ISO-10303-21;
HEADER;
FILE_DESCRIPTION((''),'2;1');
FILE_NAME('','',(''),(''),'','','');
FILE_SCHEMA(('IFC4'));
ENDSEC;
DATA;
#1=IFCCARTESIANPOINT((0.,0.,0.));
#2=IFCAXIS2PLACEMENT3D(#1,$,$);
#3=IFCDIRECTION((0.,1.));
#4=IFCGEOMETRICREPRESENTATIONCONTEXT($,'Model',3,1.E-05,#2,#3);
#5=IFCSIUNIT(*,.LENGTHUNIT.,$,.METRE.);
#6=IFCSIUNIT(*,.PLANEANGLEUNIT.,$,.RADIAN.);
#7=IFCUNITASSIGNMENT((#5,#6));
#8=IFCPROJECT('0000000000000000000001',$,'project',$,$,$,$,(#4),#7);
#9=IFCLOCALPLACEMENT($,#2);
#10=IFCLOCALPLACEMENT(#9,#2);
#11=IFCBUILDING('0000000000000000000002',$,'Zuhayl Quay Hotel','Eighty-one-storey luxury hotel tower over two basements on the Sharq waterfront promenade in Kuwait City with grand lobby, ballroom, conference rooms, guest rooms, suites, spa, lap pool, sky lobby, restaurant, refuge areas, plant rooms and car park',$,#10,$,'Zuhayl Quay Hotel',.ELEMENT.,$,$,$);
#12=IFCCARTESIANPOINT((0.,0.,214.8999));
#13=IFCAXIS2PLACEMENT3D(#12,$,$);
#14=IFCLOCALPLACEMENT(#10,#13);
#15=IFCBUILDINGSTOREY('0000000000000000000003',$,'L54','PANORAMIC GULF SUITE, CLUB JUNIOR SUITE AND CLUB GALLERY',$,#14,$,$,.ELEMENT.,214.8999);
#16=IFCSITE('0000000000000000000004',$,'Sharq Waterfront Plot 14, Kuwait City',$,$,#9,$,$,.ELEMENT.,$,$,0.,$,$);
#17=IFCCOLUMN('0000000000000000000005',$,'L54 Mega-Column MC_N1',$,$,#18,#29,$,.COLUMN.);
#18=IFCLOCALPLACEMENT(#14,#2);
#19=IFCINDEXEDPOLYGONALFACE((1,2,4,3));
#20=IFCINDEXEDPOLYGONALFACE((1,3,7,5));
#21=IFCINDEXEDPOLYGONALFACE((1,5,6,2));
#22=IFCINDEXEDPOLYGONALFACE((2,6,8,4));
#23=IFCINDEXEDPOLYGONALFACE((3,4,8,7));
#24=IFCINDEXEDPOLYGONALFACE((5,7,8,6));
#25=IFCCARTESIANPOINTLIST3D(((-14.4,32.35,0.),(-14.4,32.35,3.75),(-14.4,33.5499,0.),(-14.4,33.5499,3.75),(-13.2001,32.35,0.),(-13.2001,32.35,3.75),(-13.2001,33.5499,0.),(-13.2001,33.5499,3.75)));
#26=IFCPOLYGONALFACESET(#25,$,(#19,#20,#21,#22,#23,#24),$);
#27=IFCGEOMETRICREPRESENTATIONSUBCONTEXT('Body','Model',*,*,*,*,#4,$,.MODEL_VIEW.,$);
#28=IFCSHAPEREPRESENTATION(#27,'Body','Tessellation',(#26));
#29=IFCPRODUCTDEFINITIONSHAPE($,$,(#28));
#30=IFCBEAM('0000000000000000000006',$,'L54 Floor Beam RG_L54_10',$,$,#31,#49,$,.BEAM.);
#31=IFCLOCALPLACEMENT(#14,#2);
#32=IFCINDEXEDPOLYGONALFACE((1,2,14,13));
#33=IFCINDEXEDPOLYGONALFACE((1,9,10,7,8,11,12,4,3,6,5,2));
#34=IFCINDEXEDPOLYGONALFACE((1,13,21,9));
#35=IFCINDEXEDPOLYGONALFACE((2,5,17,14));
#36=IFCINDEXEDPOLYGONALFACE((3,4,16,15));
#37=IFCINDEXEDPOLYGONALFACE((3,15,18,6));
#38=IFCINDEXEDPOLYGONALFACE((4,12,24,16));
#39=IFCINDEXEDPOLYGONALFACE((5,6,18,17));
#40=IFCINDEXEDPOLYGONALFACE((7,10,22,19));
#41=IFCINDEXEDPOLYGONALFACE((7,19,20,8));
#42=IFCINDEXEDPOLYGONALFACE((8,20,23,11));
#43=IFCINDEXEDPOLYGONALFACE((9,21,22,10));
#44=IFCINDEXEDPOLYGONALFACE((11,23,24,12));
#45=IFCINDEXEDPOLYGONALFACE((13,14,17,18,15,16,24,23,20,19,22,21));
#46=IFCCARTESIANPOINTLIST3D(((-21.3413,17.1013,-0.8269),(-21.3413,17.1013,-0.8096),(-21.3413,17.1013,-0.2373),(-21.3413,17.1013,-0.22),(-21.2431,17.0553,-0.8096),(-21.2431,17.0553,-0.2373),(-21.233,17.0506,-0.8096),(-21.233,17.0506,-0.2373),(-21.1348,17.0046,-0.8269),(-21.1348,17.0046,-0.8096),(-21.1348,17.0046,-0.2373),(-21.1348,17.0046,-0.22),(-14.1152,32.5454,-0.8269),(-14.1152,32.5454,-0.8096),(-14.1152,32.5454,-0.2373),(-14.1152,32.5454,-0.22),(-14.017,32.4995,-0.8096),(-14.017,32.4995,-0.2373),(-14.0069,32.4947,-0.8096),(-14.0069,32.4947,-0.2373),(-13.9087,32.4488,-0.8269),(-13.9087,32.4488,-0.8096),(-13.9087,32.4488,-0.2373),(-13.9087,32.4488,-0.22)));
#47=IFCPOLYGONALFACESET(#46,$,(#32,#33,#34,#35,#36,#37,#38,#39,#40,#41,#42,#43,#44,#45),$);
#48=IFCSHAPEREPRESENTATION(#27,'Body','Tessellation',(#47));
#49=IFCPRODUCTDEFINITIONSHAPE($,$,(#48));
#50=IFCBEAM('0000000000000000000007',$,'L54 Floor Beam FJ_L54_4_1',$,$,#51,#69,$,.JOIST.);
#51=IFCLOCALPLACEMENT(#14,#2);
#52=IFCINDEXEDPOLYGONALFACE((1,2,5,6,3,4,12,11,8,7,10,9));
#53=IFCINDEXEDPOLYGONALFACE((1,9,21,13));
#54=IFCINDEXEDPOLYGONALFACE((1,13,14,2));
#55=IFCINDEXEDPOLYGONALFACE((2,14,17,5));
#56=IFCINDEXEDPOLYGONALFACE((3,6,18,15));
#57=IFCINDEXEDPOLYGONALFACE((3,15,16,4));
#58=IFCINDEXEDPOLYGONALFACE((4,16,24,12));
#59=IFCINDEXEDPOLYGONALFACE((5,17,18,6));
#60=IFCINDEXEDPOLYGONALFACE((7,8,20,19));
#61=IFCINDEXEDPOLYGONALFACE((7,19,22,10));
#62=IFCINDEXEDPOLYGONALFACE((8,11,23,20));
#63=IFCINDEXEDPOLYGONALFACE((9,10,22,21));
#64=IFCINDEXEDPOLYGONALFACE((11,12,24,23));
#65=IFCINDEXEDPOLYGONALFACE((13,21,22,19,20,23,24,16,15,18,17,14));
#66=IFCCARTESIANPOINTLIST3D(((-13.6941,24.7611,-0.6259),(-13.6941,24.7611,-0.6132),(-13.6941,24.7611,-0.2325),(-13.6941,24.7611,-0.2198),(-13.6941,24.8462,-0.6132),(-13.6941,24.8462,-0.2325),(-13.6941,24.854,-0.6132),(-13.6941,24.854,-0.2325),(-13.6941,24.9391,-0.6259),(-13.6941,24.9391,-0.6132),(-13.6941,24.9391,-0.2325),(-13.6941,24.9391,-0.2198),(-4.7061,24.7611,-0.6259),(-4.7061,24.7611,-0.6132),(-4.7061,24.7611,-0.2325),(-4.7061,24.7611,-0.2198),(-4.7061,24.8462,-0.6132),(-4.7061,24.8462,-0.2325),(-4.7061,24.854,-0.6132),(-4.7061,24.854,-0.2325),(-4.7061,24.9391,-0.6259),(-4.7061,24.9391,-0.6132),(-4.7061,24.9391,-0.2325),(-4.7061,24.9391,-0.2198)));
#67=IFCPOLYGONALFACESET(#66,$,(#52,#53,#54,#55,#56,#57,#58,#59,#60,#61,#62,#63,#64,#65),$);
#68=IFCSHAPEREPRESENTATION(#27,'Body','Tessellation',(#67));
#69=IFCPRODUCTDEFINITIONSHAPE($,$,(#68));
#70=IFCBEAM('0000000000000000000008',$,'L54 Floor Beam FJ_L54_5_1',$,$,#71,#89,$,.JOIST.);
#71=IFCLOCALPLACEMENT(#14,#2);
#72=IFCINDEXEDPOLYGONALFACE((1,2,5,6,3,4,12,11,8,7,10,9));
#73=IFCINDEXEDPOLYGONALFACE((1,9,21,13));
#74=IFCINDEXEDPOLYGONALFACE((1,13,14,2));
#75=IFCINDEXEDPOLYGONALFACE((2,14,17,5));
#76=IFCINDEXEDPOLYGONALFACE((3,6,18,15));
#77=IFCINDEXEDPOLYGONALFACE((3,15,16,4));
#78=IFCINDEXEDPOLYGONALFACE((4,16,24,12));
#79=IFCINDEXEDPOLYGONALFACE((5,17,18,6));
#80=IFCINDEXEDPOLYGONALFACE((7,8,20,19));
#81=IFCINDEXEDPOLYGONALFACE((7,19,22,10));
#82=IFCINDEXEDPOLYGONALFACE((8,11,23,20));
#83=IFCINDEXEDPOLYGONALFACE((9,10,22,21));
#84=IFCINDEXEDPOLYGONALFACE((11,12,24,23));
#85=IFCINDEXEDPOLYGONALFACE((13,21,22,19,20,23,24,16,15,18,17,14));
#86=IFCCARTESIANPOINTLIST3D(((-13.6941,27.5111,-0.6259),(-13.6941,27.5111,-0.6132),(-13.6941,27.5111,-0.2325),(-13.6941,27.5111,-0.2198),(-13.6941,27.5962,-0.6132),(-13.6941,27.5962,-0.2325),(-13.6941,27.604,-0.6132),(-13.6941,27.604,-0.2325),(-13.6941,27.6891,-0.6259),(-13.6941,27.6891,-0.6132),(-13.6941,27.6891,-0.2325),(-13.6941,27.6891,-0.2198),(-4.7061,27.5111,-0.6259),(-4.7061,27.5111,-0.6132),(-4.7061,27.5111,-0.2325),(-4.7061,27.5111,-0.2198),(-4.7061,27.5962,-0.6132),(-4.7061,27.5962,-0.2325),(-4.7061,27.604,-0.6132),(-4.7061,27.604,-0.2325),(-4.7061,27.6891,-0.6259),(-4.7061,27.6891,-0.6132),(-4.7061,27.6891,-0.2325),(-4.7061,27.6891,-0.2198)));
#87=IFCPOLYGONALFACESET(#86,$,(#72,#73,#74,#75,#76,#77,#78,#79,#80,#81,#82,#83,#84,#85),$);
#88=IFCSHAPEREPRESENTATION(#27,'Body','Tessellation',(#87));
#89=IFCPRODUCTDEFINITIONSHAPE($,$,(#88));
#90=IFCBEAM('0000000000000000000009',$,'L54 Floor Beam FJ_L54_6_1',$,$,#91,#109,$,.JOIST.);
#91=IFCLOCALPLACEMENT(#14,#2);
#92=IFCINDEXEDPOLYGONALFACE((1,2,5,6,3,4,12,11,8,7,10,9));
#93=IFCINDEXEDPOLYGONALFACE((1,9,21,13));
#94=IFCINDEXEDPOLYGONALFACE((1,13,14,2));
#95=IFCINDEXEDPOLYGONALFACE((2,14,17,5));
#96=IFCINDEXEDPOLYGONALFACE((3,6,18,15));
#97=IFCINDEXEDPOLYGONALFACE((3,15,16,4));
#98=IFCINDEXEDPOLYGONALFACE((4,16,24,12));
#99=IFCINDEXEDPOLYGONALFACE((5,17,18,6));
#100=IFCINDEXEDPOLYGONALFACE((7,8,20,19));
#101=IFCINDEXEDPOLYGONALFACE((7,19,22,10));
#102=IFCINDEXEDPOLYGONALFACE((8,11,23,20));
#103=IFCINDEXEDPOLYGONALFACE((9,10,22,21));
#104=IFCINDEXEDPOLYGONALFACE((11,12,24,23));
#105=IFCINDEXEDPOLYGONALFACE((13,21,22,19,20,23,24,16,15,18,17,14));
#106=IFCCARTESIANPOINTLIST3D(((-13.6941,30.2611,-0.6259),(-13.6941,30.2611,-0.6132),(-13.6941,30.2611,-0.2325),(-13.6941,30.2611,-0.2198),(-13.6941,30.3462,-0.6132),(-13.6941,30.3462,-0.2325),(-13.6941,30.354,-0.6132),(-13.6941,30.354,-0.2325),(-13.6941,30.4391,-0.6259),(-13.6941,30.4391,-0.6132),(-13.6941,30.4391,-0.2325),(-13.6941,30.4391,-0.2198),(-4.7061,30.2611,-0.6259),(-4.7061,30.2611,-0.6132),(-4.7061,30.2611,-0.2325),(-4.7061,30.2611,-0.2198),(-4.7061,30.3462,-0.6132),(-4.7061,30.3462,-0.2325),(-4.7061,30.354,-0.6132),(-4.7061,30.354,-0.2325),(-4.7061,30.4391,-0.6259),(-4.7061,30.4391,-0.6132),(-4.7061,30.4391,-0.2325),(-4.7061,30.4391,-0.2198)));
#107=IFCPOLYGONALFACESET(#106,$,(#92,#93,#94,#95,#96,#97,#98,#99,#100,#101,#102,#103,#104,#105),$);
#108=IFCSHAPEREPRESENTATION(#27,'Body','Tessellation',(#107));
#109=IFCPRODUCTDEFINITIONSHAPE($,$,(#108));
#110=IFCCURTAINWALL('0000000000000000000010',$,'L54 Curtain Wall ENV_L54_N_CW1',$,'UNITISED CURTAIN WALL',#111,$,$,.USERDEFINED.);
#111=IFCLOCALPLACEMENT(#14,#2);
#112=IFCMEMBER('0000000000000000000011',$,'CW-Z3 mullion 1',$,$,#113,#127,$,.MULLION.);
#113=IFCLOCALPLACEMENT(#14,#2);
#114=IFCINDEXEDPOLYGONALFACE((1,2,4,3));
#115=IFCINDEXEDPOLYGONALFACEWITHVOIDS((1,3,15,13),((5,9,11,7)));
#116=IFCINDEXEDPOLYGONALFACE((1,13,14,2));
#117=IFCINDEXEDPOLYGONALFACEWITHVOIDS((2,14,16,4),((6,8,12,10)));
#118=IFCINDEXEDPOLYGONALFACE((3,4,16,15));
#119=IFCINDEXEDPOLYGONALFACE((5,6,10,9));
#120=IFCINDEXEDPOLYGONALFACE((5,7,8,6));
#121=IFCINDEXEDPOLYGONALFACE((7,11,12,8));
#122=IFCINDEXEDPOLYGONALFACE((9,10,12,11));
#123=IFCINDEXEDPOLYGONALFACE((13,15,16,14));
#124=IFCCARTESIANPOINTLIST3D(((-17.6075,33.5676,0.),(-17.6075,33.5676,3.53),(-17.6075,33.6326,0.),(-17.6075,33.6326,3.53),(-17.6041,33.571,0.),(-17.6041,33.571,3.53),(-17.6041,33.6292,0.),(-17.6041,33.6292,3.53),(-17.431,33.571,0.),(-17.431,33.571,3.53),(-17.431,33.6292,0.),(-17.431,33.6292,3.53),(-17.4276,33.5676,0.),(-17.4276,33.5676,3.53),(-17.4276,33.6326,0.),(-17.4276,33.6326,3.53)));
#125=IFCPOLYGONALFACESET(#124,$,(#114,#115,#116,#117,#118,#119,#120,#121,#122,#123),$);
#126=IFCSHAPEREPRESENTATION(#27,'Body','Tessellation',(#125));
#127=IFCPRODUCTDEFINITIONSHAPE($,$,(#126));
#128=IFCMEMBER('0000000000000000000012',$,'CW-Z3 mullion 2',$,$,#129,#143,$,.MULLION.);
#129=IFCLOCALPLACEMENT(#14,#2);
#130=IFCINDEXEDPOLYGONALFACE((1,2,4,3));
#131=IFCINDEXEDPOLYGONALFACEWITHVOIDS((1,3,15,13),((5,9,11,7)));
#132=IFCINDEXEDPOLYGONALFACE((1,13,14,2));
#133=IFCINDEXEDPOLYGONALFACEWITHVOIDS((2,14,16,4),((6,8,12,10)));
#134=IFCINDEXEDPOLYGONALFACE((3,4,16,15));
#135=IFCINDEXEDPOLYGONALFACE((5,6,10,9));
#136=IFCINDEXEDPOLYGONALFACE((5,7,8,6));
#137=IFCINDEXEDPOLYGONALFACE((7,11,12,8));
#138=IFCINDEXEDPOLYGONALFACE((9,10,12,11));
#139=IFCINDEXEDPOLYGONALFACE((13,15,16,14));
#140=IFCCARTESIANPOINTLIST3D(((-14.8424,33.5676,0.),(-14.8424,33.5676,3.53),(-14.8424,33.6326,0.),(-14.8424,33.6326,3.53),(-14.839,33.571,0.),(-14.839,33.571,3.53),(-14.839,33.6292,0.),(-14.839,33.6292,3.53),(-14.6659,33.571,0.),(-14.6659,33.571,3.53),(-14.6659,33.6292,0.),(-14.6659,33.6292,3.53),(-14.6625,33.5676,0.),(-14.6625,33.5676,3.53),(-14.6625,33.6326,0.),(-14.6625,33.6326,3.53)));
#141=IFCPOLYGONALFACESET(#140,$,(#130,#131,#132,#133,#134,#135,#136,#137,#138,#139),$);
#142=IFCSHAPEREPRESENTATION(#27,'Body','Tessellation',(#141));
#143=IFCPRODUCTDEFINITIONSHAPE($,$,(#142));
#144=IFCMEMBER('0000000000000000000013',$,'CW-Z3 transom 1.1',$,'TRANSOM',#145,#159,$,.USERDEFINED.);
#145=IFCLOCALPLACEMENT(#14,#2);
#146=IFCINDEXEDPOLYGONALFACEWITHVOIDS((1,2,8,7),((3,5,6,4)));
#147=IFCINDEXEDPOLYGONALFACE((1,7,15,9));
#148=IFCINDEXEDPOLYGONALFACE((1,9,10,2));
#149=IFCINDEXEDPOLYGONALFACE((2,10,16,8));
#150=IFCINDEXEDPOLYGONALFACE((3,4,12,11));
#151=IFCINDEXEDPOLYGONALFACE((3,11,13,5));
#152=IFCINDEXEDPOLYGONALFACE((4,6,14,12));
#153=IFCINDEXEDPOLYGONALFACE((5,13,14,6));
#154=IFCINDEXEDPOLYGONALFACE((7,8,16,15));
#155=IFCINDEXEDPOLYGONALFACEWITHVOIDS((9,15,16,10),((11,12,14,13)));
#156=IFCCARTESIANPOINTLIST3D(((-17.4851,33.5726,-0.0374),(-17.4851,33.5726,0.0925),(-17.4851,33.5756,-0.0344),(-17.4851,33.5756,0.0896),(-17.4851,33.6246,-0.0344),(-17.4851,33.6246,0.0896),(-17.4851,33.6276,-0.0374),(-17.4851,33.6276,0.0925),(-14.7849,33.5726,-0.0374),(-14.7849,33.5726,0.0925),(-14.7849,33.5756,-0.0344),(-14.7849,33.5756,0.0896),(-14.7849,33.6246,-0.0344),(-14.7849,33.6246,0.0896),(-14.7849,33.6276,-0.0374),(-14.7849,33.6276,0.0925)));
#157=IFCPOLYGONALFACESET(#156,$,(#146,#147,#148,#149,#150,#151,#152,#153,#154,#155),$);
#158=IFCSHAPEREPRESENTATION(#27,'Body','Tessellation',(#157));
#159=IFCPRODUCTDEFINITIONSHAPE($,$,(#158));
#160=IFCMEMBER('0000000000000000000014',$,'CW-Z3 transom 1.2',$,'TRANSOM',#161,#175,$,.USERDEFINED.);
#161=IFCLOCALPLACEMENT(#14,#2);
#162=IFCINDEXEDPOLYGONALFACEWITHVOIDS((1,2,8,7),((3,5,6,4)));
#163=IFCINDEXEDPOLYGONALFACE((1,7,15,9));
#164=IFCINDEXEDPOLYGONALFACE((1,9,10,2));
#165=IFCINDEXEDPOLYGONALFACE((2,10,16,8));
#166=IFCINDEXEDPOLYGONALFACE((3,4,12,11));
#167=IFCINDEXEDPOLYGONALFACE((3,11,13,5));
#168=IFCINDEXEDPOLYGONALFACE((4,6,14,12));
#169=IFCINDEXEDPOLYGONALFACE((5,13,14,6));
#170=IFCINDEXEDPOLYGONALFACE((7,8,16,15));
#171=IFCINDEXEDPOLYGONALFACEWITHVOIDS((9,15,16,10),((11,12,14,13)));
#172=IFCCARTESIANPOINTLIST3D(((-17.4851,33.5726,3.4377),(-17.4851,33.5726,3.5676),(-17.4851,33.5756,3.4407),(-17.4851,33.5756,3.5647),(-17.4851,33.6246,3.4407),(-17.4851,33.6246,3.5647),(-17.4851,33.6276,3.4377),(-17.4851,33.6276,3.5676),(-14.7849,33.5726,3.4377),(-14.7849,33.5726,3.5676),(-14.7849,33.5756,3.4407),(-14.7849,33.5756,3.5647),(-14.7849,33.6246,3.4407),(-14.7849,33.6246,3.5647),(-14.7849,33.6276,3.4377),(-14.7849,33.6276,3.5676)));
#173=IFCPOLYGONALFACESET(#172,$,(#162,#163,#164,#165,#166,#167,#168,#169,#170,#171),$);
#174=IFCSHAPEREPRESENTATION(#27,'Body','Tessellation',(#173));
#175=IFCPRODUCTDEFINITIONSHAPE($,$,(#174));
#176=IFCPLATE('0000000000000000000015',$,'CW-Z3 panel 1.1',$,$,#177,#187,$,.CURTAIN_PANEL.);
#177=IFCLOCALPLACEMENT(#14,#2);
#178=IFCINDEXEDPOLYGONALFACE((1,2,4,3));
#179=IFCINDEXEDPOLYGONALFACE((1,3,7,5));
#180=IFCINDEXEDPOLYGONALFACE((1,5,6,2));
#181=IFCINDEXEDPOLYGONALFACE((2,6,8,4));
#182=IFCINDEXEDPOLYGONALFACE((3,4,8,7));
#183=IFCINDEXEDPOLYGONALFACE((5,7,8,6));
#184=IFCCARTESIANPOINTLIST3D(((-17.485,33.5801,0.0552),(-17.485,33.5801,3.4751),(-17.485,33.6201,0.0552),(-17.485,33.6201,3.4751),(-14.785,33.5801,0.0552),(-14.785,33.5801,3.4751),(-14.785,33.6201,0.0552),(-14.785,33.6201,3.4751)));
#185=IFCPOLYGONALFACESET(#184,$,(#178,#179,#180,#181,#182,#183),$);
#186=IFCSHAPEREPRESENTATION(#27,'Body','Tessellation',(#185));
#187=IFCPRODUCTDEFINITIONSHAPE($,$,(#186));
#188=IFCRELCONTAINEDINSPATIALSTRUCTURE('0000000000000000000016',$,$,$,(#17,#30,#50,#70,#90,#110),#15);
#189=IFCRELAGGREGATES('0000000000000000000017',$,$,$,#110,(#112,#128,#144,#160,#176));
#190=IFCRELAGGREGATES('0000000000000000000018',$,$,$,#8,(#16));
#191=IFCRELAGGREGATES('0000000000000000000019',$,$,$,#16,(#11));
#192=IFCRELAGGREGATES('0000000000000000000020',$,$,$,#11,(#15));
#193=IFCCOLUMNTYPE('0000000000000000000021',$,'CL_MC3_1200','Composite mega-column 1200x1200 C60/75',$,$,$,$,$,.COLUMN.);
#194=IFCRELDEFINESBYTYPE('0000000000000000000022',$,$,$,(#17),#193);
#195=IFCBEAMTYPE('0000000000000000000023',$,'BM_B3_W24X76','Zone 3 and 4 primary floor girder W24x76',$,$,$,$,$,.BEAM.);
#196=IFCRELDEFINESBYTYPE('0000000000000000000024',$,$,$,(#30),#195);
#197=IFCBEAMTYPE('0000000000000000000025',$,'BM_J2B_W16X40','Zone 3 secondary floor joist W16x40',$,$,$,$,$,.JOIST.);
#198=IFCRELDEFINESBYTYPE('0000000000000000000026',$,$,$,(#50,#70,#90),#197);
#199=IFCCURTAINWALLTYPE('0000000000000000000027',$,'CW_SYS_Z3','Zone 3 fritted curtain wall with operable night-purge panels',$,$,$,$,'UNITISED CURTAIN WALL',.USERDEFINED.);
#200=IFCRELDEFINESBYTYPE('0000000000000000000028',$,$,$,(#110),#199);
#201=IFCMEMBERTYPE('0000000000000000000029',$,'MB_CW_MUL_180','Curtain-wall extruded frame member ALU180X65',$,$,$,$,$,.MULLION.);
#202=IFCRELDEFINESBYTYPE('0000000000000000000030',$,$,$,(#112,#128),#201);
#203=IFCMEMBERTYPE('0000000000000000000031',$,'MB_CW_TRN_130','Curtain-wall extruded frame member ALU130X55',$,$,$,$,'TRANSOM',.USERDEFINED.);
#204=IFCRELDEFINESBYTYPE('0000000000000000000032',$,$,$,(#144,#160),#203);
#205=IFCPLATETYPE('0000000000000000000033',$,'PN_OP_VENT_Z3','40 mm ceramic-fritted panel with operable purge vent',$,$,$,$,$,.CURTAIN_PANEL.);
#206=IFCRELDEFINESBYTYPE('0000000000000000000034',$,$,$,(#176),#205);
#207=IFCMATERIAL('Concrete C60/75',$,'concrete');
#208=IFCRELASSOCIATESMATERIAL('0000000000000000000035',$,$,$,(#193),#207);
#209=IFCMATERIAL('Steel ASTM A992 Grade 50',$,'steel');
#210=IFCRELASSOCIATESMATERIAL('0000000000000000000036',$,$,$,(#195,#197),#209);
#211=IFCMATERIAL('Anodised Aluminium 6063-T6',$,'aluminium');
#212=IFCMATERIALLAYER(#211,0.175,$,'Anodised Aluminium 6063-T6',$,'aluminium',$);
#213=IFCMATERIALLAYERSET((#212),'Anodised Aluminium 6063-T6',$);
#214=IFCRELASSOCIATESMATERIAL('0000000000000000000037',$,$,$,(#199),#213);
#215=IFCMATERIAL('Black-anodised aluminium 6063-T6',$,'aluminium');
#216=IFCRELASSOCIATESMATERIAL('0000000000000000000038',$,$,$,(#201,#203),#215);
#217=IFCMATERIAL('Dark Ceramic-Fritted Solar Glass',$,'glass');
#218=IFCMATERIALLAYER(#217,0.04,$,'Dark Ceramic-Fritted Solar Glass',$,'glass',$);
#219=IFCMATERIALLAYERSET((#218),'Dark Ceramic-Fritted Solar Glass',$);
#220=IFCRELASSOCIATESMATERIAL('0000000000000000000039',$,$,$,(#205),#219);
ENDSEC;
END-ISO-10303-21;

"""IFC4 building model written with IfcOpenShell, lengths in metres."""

from ifc_helpers import new_model, si_unit, direction, frame, origin, origin_2d, place, context, subcontext, project, spatial, rectangle, hollow_rectangle, i_section, extrude, material, layer, layer_set, material_profile, profile_set, type_object, element, aggregate, save


model = new_model("IFC4")

# Units and contexts
model_context = context("Model", 3, precision=1e-05, world=origin(), true_north=direction((0.0, 1.0)))
body_context = subcontext(model_context, "Body", "Model", "MODEL_VIEW")
ifc_project = project(units=[si_unit("LENGTHUNIT", "METRE"), si_unit("PLANEANGLEUNIT", "RADIAN")], contexts=[model_context])

# Site, building, storey
site_placement = place(None, origin())
site = spatial("IfcSite", under=ifc_project, at=site_placement, Name="Sharq Waterfront Plot 14, Kuwait City", CompositionType="ELEMENT", RefElevation=0.0)
building_placement = place(site_placement, origin())
building = spatial("IfcBuilding", under=site, at=building_placement, Name="Zuhayl Quay Hotel", Description="Eighty-one-storey luxury hotel tower over two basements on the Sharq waterfront promenade in Kuwait City with grand lobby, ballroom, conference rooms, guest rooms, suites, spa, lap pool, sky lobby, restaurant, refuge areas, plant rooms and car park", LongName="Zuhayl Quay Hotel", CompositionType="ELEMENT")
storey_placement = place(building_placement, frame((0.0, 0.0, 214.8999)))
storey = spatial("IfcBuildingStorey", under=building, at=storey_placement, Name="L54", Description="PANORAMIC GULF SUITE, CLUB JUNIOR SUITE AND CLUB GALLERY", CompositionType="ELEMENT", Elevation=214.8999)

# Column
ifc_material_1 = material(Name="Concrete C60/75", Category="concrete")
ifc_material_profile_1 = material_profile(ifc_material_1, rectangle(XDim=1.2, YDim=1.2, at=origin_2d()), Name="RC1200X1200")
ifc_profile_set_1 = profile_set([ifc_material_profile_1], Name="Concrete C60/75")
column_type = type_object("IfcColumnType", Name="CL_MC3_1200", Description="Composite mega-column 1200x1200 C60/75", PredefinedType="COLUMN", material=ifc_profile_set_1)
column_placement = place(storey_placement, frame((-13.8, 32.95, 0.0), z_axis=(0.0, 0.0, 1.0), x_axis=(1.0, 0.0, 0.0)))
element("IfcColumn", 1, at=column_placement, inside=storey, type_object=column_type, Name="L54 Mega-Column MC_N1", PredefinedType="COLUMN", context=body_context, shape_type="SweptSolid", body=[
    extrude(rectangle(XDim=1.2, YDim=1.2, at=origin_2d()), origin(), (0.0, 0.0, 1.0), 3.75),
])

# Beams
ifc_material_2 = material(Name="Steel ASTM A992 Grade 50", Category="steel")
ifc_material_profile_2 = material_profile(ifc_material_2, i_section(OverallWidth=0.228, OverallDepth=0.6069, WebThickness=0.0112, FlangeThickness=0.0173, at=origin_2d()), Name="W24X76")
ifc_profile_set_2 = profile_set([ifc_material_profile_2], Name="Steel ASTM A992 Grade 50")
beam_type_1 = type_object("IfcBeamType", Name="BM_B3_W24X76", Description="Zone 3 and 4 primary floor girder W24x76", PredefinedType="BEAM", material=ifc_profile_set_2)
beam_placement = place(storey_placement, frame((-14.012, 32.4971, -0.5234), z_axis=(-0.423792, -0.905759, 0.0), x_axis=(0.905759, -0.423792, 0.0)))
element("IfcBeam", 2, at=beam_placement, inside=storey, type_object=beam_type_1, Name="L54 Floor Beam RG_L54_10", PredefinedType="BEAM", context=body_context, shape_type="SweptSolid", body=[
    extrude(i_section(OverallWidth=0.228, OverallDepth=0.6069, WebThickness=0.0112, FlangeThickness=0.0173, at=origin_2d()), origin(), (0.0, 0.0, 1.0), 17.051),
])
ifc_material_profile_3 = material_profile(ifc_material_2, i_section(OverallWidth=0.178, OverallDepth=0.406, WebThickness=0.0078, FlangeThickness=0.0127, at=origin_2d()), Name="W16X40")
ifc_profile_set_3 = profile_set([ifc_material_profile_3], Name="Steel ASTM A992 Grade 50")
beam_type_2 = type_object("IfcBeamType", Name="BM_J2B_W16X40", Description="Zone 3 secondary floor joist W16x40", PredefinedType="JOIST", material=ifc_profile_set_3)
for number, where, z_axis, x_axis, name in (
    (3, (-13.6941, 24.8501, -0.4229), (1.0, 0.0, 0.0), (0.0, 1.0, 0.0), "L54 Floor Beam FJ_L54_4_1"),
    (4, (-13.6941, 27.6001, -0.4229), (1.0, 0.0, 0.0), (0.0, 1.0, 0.0), "L54 Floor Beam FJ_L54_5_1"),
    (5, (-13.6941, 30.3501, -0.4229), (1.0, 0.0, 0.0), (0.0, 1.0, 0.0), "L54 Floor Beam FJ_L54_6_1"),
):
    element("IfcBeam", number, at=place(storey_placement, frame(where, z_axis=z_axis, x_axis=x_axis)), inside=storey, type_object=beam_type_2, Name=name, PredefinedType="JOIST", context=body_context, shape_type="SweptSolid", body=[
        extrude(i_section(OverallWidth=0.178, OverallDepth=0.406, WebThickness=0.0078, FlangeThickness=0.0127, at=origin_2d()), origin(), (0.0, 0.0, 1.0), 8.988),
    ])

# Curtain wall, members, plate
ifc_material_3 = material(Name="Anodised Aluminium 6063-T6", Category="aluminium")
ifc_layer_1 = layer(ifc_material_3, 0.175, Name="Anodised Aluminium 6063-T6", Category="aluminium")
ifc_layer_set_1 = layer_set([ifc_layer_1], Name="Anodised Aluminium 6063-T6")
curtain_wall_type = type_object("IfcCurtainWallType", Name="CW_SYS_Z3", Description="Zone 3 fritted curtain wall with operable night-purge panels", ElementType="UNITISED CURTAIN WALL", PredefinedType="USERDEFINED", material=ifc_layer_set_1)
curtain_wall_placement = place(storey_placement, origin())
curtain_wall = element("IfcCurtainWall", 6, at=curtain_wall_placement, inside=storey, type_object=curtain_wall_type, Name="L54 Curtain Wall ENV_L54_N_CW1", ObjectType="UNITISED CURTAIN WALL", PredefinedType="USERDEFINED")
ifc_material_4 = material(Name="Black-anodised aluminium 6063-T6", Category="aluminium")
ifc_material_profile_4 = material_profile(ifc_material_4, hollow_rectangle(XDim=0.0649, YDim=0.1799, WallThickness=0.0034, at=origin_2d()), Name="ALU180X65")
ifc_profile_set_4 = profile_set([ifc_material_profile_4], Name="Black-anodised aluminium 6063-T6")
member_type_1 = type_object("IfcMemberType", Name="MB_CW_MUL_180", Description="Curtain-wall extruded frame member ALU180X65", PredefinedType="MULLION", material=ifc_profile_set_4)
member_1_placement = place(storey_placement, frame((-17.5176, 33.6001, 0.0), z_axis=(0.0, 0.0, 1.0), x_axis=(0.0, 1.0, 0.0)))
member_1 = element("IfcMember", 7, at=member_1_placement, type_object=member_type_1, Name="CW-Z3 mullion 1", PredefinedType="MULLION", context=body_context, shape_type="SweptSolid", body=[
    extrude(hollow_rectangle(XDim=0.0649, YDim=0.1799, WallThickness=0.0034, at=origin_2d()), origin(), (0.0, 0.0, 1.0), 3.53),
])
member_2_placement = place(storey_placement, frame((-14.7524, 33.6001, 0.0), z_axis=(0.0, 0.0, 1.0), x_axis=(0.0, 1.0, 0.0)))
member_2 = element("IfcMember", 8, at=member_2_placement, type_object=member_type_1, Name="CW-Z3 mullion 2", PredefinedType="MULLION", context=body_context, shape_type="SweptSolid", body=[
    extrude(hollow_rectangle(XDim=0.0649, YDim=0.1799, WallThickness=0.0034, at=origin_2d()), origin(), (0.0, 0.0, 1.0), 3.53),
])
ifc_material_profile_5 = material_profile(ifc_material_4, hollow_rectangle(XDim=0.0549, YDim=0.1299, WallThickness=0.0029, at=origin_2d()), Name="ALU130X55")
ifc_profile_set_5 = profile_set([ifc_material_profile_5], Name="Black-anodised aluminium 6063-T6")
member_type_2 = type_object("IfcMemberType", Name="MB_CW_TRN_130", Description="Curtain-wall extruded frame member ALU130X55", ElementType="TRANSOM", PredefinedType="USERDEFINED", material=ifc_profile_set_5)
member_3_placement = place(storey_placement, frame((-17.4851, 33.6001, 0.0276), z_axis=(1.0, 0.0, 0.0), x_axis=(0.0, 1.0, 0.0)))
member_3 = element("IfcMember", 9, at=member_3_placement, type_object=member_type_2, Name="CW-Z3 transom 1.1", ObjectType="TRANSOM", PredefinedType="USERDEFINED", context=body_context, shape_type="SweptSolid", body=[
    extrude(hollow_rectangle(XDim=0.0549, YDim=0.1299, WallThickness=0.0029, at=origin_2d()), origin(), (0.0, 0.0, 1.0), 2.7002),
])
member_4_placement = place(storey_placement, frame((-17.4851, 33.6001, 3.5027), z_axis=(1.0, 0.0, 0.0), x_axis=(0.0, 1.0, 0.0)))
member_4 = element("IfcMember", 10, at=member_4_placement, type_object=member_type_2, Name="CW-Z3 transom 1.2", ObjectType="TRANSOM", PredefinedType="USERDEFINED", context=body_context, shape_type="SweptSolid", body=[
    extrude(hollow_rectangle(XDim=0.0549, YDim=0.1299, WallThickness=0.0029, at=origin_2d()), origin(), (0.0, 0.0, 1.0), 2.7002),
])
ifc_material_5 = material(Name="Dark Ceramic-Fritted Solar Glass", Category="glass")
ifc_layer_2 = layer(ifc_material_5, 0.04, Name="Dark Ceramic-Fritted Solar Glass", Category="glass")
ifc_layer_set_2 = layer_set([ifc_layer_2], Name="Dark Ceramic-Fritted Solar Glass")
plate_type = type_object("IfcPlateType", Name="PN_OP_VENT_Z3", Description="40 mm ceramic-fritted panel with operable purge vent", PredefinedType="CURTAIN_PANEL", material=ifc_layer_set_2)
plate_placement = place(storey_placement, frame((-16.135, 33.6001, 0.0552), z_axis=(0.0, 0.0, 1.0), x_axis=(1.0, 0.0, 0.0)))
plate = element("IfcPlate", 11, at=plate_placement, type_object=plate_type, Name="CW-Z3 panel 1.1", PredefinedType="CURTAIN_PANEL", context=body_context, shape_type="SweptSolid", body=[
    extrude(rectangle(XDim=2.7, YDim=0.04, at=origin_2d()), origin(), (0.0, 0.0, 1.0), 3.4199),
])
aggregate(curtain_wall, [member_1, member_2, member_3, member_4, plate])

save(model, "model.ifc")
